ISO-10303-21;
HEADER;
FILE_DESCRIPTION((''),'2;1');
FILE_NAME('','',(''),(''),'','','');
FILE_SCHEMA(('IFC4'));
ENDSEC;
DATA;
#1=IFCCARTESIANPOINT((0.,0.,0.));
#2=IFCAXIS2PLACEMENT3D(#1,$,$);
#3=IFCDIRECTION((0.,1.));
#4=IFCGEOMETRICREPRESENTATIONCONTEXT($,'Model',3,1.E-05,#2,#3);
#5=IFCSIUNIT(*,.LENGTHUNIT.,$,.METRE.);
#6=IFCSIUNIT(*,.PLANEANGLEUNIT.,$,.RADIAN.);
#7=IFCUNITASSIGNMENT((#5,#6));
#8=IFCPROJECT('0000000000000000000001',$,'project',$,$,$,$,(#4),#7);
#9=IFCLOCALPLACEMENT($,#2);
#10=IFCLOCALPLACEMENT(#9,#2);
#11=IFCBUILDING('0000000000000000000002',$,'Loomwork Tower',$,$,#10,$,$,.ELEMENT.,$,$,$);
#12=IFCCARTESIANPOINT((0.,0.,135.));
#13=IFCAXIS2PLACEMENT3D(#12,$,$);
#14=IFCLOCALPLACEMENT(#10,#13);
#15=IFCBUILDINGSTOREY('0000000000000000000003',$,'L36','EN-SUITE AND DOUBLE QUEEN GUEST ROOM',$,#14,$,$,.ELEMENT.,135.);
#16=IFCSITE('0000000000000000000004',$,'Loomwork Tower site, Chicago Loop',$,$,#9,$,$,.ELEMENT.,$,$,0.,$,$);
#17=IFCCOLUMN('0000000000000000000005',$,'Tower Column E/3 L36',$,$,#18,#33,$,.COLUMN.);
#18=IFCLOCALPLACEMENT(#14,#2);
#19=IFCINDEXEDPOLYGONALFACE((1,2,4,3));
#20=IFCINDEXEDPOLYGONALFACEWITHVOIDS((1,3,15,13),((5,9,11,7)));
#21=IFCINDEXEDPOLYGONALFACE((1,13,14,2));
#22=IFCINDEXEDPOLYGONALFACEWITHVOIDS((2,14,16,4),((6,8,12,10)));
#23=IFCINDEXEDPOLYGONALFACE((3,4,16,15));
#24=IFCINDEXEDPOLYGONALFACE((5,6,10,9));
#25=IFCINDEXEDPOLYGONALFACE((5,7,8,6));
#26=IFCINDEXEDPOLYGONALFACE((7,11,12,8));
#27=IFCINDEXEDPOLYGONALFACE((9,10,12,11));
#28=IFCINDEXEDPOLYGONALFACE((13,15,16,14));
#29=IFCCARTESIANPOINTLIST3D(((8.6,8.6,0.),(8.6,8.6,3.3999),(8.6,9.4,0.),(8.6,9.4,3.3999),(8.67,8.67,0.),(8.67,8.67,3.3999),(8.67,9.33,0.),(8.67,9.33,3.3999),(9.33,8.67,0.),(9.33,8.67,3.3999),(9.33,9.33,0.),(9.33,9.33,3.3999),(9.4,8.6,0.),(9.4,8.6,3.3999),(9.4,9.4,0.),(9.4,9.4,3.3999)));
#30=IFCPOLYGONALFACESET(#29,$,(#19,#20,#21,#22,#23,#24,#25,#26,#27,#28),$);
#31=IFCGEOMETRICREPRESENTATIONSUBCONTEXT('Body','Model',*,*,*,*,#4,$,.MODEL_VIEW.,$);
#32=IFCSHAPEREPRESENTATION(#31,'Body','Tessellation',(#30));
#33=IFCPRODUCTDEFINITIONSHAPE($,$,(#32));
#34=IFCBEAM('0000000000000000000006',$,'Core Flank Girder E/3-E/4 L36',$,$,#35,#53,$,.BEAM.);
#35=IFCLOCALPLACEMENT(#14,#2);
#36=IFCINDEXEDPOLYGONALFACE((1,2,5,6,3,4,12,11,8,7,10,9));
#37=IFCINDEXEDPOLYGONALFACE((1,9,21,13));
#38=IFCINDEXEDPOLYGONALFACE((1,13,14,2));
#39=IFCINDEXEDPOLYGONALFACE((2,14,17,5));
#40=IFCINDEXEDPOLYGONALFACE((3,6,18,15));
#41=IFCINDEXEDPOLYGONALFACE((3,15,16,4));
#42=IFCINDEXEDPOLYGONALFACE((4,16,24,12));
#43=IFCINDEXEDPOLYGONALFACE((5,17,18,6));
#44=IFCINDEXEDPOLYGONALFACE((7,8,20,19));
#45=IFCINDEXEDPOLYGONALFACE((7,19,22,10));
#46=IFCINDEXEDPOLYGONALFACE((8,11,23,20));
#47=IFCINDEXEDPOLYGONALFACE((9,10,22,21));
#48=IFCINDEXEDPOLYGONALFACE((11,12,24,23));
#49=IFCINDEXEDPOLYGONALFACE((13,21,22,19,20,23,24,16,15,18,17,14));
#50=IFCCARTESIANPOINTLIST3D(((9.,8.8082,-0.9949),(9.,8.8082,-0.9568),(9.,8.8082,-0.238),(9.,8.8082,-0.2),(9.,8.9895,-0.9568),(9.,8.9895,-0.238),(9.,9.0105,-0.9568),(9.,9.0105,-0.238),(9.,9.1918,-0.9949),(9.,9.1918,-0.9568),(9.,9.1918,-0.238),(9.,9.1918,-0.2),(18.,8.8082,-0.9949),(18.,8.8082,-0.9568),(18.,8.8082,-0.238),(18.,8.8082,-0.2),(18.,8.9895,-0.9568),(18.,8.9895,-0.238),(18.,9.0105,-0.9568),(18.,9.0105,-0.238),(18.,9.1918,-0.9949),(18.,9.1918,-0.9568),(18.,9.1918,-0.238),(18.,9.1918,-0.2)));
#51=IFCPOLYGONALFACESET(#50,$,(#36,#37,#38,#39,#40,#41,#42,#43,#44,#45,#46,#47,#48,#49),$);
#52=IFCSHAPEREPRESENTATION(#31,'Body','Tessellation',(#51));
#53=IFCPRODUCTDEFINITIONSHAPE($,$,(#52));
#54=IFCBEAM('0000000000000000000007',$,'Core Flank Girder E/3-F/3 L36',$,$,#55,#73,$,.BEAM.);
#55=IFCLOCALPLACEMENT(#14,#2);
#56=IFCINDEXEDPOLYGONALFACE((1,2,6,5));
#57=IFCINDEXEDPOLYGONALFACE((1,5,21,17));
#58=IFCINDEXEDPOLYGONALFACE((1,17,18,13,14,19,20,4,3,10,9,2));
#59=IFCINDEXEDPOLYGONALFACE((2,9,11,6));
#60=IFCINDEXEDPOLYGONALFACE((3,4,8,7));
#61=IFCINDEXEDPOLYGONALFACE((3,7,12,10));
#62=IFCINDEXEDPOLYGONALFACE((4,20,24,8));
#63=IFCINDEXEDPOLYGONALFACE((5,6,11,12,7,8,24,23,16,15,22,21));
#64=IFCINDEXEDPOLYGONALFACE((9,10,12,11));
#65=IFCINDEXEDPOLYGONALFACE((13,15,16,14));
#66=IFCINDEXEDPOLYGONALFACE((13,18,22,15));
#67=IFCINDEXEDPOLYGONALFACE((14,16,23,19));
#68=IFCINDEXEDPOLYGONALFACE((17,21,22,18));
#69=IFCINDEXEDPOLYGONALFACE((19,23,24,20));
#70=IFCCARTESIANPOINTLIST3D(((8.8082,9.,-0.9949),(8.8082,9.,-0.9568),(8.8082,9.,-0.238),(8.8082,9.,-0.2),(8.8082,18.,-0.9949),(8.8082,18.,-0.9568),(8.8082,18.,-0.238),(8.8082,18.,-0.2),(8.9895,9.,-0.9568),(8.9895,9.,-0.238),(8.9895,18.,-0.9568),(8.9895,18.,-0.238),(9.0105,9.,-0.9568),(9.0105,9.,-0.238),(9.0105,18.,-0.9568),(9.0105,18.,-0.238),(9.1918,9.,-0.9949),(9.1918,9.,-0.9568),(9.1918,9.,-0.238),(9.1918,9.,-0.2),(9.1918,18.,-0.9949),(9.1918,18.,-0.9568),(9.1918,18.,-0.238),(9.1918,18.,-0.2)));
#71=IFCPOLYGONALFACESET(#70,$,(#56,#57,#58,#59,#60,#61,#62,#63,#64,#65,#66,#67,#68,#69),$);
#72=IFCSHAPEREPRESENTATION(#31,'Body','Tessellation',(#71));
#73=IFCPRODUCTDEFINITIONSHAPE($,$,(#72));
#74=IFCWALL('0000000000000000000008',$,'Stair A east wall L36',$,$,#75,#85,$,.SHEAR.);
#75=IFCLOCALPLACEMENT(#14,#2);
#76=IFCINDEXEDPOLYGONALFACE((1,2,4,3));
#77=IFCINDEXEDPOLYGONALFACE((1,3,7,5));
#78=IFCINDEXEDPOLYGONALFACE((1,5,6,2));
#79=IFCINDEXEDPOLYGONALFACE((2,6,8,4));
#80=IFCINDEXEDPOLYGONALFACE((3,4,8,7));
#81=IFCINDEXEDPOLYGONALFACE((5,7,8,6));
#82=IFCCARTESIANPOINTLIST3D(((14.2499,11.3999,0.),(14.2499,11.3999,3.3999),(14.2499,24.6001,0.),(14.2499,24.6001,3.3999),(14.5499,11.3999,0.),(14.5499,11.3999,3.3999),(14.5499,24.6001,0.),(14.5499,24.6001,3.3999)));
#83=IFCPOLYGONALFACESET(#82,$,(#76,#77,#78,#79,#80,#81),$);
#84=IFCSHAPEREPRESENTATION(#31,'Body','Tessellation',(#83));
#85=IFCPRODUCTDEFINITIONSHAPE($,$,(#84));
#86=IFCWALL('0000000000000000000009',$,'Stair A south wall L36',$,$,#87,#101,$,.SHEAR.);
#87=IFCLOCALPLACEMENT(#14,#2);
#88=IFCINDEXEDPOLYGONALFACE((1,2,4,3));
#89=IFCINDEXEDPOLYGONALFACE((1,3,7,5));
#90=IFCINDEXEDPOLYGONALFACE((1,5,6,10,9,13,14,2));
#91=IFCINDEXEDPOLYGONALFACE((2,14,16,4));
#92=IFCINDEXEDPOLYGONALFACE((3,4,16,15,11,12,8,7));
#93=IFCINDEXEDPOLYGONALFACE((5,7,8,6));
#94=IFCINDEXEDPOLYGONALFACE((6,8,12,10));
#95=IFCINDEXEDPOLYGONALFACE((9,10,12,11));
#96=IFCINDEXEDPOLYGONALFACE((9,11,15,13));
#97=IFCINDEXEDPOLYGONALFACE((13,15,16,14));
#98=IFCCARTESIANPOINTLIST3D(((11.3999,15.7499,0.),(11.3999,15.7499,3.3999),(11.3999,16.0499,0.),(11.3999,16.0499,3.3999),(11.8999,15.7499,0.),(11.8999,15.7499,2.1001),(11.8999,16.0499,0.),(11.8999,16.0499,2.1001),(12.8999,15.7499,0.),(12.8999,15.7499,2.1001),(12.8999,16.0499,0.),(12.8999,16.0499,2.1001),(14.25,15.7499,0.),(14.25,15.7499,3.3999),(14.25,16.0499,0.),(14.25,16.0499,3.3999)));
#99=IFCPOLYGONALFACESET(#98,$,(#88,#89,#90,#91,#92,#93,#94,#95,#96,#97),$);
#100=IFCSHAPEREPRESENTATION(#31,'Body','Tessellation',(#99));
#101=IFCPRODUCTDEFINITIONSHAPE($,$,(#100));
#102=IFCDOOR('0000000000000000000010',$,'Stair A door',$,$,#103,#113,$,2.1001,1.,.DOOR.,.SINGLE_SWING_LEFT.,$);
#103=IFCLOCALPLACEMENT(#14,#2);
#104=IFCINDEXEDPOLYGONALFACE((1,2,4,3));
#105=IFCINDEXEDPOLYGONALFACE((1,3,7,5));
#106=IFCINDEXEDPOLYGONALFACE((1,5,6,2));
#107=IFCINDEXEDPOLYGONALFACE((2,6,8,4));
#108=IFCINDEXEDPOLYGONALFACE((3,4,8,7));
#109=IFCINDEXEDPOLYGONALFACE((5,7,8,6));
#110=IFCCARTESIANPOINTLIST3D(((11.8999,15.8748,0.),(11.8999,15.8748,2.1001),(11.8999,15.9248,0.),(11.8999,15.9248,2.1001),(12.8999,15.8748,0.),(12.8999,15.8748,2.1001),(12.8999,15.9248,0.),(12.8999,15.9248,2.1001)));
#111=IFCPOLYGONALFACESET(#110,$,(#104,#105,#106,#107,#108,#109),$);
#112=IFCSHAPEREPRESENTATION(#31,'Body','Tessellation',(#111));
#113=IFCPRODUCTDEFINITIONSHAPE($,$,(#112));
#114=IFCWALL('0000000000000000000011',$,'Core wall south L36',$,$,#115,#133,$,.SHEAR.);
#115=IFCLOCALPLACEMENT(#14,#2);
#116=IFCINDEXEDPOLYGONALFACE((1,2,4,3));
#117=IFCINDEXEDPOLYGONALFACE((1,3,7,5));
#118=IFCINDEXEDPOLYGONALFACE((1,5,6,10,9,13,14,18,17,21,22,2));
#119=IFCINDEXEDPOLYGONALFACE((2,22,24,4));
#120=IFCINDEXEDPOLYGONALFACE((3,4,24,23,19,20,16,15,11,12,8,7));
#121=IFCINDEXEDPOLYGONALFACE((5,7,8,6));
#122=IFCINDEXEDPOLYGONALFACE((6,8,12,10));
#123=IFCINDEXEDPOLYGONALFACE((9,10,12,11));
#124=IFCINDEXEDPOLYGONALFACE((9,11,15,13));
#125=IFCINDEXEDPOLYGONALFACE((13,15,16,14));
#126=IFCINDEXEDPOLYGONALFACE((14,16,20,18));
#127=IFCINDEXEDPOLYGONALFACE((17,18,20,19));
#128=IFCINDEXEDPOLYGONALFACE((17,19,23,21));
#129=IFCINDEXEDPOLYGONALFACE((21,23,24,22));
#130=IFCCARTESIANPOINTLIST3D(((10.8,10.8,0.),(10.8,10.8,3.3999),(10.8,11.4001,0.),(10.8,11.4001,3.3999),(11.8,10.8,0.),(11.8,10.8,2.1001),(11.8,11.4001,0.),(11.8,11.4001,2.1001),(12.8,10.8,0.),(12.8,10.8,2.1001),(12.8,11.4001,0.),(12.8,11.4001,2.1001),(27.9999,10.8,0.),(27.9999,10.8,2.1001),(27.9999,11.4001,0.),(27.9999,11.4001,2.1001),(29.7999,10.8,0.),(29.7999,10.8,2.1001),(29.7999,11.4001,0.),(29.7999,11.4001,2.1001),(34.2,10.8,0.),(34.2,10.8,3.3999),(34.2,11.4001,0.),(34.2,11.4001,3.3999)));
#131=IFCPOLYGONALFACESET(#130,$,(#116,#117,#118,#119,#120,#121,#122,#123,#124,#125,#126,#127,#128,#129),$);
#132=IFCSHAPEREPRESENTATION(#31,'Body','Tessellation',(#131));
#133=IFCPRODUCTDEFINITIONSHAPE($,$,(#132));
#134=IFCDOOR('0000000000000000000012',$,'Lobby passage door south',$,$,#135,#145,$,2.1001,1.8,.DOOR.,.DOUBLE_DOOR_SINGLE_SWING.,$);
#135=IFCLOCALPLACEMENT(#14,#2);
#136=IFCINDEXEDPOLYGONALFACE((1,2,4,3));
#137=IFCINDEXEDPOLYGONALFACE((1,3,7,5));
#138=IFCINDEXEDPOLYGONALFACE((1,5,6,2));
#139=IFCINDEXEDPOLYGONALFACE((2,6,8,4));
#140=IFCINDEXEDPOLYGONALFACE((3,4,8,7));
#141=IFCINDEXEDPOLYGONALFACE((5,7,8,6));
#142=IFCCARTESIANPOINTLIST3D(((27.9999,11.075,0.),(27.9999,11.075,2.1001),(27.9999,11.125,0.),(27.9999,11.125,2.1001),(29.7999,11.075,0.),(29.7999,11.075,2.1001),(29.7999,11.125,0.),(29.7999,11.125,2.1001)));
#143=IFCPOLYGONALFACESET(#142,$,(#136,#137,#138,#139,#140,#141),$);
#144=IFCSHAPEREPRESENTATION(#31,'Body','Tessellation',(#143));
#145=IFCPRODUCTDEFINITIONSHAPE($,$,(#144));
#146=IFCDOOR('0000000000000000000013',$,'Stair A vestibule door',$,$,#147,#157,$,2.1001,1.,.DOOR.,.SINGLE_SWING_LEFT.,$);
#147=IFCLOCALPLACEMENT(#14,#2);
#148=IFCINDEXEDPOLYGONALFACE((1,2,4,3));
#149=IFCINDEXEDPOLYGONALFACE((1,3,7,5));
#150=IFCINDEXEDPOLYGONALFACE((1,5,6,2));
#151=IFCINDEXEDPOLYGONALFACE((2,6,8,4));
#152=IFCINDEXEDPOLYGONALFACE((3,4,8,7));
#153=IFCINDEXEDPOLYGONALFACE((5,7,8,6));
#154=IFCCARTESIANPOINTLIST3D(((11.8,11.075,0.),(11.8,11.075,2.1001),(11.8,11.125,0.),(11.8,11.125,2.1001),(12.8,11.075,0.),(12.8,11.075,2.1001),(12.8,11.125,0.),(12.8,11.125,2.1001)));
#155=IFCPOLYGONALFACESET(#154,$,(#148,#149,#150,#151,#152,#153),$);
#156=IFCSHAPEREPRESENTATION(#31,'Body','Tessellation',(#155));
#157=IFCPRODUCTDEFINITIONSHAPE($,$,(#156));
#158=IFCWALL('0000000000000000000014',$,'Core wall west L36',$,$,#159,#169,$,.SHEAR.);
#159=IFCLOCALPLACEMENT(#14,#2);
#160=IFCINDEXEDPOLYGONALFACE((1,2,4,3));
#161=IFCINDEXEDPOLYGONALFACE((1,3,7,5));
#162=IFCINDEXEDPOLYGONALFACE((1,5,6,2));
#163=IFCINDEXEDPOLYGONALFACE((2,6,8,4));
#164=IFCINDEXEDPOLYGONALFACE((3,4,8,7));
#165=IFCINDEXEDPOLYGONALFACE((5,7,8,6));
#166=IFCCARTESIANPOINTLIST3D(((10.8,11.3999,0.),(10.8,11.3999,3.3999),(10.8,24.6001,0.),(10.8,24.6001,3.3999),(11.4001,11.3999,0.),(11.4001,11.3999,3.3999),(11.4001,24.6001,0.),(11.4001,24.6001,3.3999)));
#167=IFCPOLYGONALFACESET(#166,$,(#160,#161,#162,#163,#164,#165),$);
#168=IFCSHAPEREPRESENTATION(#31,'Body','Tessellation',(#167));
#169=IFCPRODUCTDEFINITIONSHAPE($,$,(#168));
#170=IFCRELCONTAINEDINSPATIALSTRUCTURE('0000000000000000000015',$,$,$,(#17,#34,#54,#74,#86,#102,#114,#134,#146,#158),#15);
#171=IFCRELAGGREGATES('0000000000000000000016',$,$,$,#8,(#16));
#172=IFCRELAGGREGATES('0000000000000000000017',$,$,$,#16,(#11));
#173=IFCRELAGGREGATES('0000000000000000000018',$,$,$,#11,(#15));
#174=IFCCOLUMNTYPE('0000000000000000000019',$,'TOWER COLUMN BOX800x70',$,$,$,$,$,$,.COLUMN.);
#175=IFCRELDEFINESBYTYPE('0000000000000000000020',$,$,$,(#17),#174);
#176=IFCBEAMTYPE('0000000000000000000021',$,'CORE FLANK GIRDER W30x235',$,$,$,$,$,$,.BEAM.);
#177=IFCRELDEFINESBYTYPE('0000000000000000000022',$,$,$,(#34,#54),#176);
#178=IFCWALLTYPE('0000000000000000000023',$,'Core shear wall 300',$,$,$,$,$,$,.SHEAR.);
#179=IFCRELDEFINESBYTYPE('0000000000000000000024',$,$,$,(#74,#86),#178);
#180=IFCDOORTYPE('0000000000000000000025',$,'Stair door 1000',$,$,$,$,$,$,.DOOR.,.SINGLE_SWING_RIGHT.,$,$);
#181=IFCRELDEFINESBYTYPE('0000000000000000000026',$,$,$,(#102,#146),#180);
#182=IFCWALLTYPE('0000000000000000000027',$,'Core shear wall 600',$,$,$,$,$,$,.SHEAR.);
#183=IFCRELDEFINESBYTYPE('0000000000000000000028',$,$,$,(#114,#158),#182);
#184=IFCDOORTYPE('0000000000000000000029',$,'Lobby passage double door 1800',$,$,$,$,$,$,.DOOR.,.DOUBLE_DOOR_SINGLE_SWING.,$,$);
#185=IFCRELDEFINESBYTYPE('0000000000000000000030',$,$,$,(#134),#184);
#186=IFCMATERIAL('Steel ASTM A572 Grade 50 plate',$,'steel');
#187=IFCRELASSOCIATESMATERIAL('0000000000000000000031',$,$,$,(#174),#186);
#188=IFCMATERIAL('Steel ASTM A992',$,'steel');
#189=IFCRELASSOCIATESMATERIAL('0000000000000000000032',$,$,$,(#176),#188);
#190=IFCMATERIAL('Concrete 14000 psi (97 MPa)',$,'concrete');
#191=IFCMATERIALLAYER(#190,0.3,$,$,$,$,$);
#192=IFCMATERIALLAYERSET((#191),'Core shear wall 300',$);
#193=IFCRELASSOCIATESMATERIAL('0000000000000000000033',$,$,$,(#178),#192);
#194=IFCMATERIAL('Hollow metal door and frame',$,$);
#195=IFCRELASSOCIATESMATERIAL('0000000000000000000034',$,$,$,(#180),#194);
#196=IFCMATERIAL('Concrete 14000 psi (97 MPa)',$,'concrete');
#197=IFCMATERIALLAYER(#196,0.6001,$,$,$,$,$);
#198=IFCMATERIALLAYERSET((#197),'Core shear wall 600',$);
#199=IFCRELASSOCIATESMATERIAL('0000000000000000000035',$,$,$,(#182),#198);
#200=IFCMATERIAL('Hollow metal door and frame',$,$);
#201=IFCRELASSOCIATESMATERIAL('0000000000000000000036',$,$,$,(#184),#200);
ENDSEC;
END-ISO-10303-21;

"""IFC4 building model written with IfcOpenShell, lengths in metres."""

from ifc_helpers import new_model, si_unit, direction, frame, frame_2d, origin, origin_2d, place, context, subcontext, project, spatial, rectangle, hollow_rectangle, i_section, extrude, material, layer, layer_set, material_profile, profile_set, type_object, element, fill, save


model = new_model("IFC4")

# Units and contexts
model_context = context("Model", 3, precision=1e-05, world=origin(), true_north=direction((0.0, 1.0)))
body_context = subcontext(model_context, "Body", "Model", "MODEL_VIEW")
ifc_project = project(units=[si_unit("LENGTHUNIT", "METRE"), si_unit("PLANEANGLEUNIT", "RADIAN")], contexts=[model_context])

# Site, building, storey
site_placement = place(None, origin())
site = spatial("IfcSite", under=ifc_project, at=site_placement, Name="Loomwork Tower site, Chicago Loop", CompositionType="ELEMENT", RefElevation=0.0)
building_placement = place(site_placement, origin())
building = spatial("IfcBuilding", under=site, at=building_placement, Name="Loomwork Tower", CompositionType="ELEMENT")
storey_placement = place(building_placement, frame((0.0, 0.0, 135.0)))
storey = spatial("IfcBuildingStorey", under=building, at=storey_placement, Name="L36", Description="EN-SUITE AND DOUBLE QUEEN GUEST ROOM", CompositionType="ELEMENT", Elevation=135.0)

# Column
ifc_material_1 = material(Name="Steel ASTM A572 Grade 50 plate", Category="steel")
ifc_material_profile_1 = material_profile(ifc_material_1, hollow_rectangle(XDim=0.8, YDim=0.8, WallThickness=0.0701, at=origin_2d()), Name="BOX800x70")
ifc_profile_set_1 = profile_set([ifc_material_profile_1], Name="Steel ASTM A572 Grade 50 plate")
column_type = type_object("IfcColumnType", Name="TOWER COLUMN BOX800x70", PredefinedType="COLUMN", material=ifc_profile_set_1)
column_placement = place(storey_placement, frame((9.0, 9.0, 0.0), z_axis=(0.0, 0.0, 1.0), x_axis=(1.0, 0.0, 0.0)))
element("IfcColumn", 1, at=column_placement, inside=storey, type_object=column_type, Name="Tower Column E/3 L36", PredefinedType="COLUMN", context=body_context, shape_type="SweptSolid", body=[
    extrude(hollow_rectangle(XDim=0.8, YDim=0.8, WallThickness=0.0701, at=origin_2d()), origin(), (0.0, 0.0, 1.0), 3.3999),
])

# Beams
ifc_material_2 = material(Name="Steel ASTM A992", Category="steel")
ifc_material_profile_2 = material_profile(ifc_material_2, i_section(OverallWidth=0.3835, OverallDepth=0.7949, WebThickness=0.021, FlangeThickness=0.0381, at=origin_2d()), Name="W30x235")
ifc_profile_set_2 = profile_set([ifc_material_profile_2], Name="Steel ASTM A992")
beam_type = type_object("IfcBeamType", Name="CORE FLANK GIRDER W30x235", PredefinedType="BEAM", material=ifc_profile_set_2)
for number, where, z_axis, x_axis, name in (
    (2, (9.0, 9.0, -0.5974), (1.0, 0.0, 0.0), (0.0, 1.0, 0.0), "Core Flank Girder E/3-E/4 L36"),
    (3, (9.0, 9.0, -0.5974), (0.0, 1.0, 0.0), (-1.0, 0.0, 0.0), "Core Flank Girder E/3-F/3 L36"),
):
    element("IfcBeam", number, at=place(storey_placement, frame(where, z_axis=z_axis, x_axis=x_axis)), inside=storey, type_object=beam_type, Name=name, PredefinedType="BEAM", context=body_context, shape_type="SweptSolid", body=[
        extrude(i_section(OverallWidth=0.3835, OverallDepth=0.7949, WebThickness=0.021, FlangeThickness=0.0381, at=origin_2d()), origin(), (0.0, 0.0, 1.0), 9.0),
    ])

# Wall
ifc_material_3 = material(Name="Concrete 14000 psi (97 MPa)", Category="concrete")
ifc_layer_1 = layer(ifc_material_3, 0.3)
ifc_layer_set_1 = layer_set([ifc_layer_1], Name="Core shear wall 300")
wall_type_1 = type_object("IfcWallType", Name="Core shear wall 300", PredefinedType="SHEAR", material=ifc_layer_set_1)
wall_1_placement = place(storey_placement, frame((14.3999, 11.3999, 0.0), z_axis=(0.0, 0.0, 1.0), x_axis=(0.0, 1.0, 0.0)))
element("IfcWall", 4, at=wall_1_placement, inside=storey, type_object=wall_type_1, Name="Stair A east wall L36", PredefinedType="SHEAR", context=body_context, shape_type="SweptSolid", body=[
    extrude(rectangle(XDim=13.2002, YDim=0.3, at=frame_2d((6.6001, 0.0))), origin(), (0.0, 0.0, 1.0), 3.3999),
])

# Wall, opening, door
wall_2_placement = place(storey_placement, frame((11.3999, 15.8999, 0.0), z_axis=(0.0, 0.0, 1.0), x_axis=(1.0, 0.0, 0.0)))
wall_2 = element("IfcWall", 5, at=wall_2_placement, inside=storey, type_object=wall_type_1, Name="Stair A south wall L36", PredefinedType="SHEAR", context=body_context, shape_type="SweptSolid", body=[
    extrude(rectangle(XDim=2.8501, YDim=0.3, at=frame_2d((1.425, 0.0))), origin(), (0.0, 0.0, 1.0), 3.3999),
])
opening_1_placement = place(wall_2_placement, frame((0.5, 0.0, 0.0)))
opening_1 = element("IfcOpeningElement", 6, at=opening_1_placement, cuts=wall_2, PredefinedType="OPENING", context=body_context, shape_type="SweptSolid", body=[
    extrude(rectangle(XDim=1.0, YDim=2.1001, at=frame_2d((0.5, 1.05))), frame((0.0, 0.1599, 0.0), z_axis=(0.0, -1.0, 0.0), x_axis=(1.0, 0.0, 0.0)), (0.0, 0.0, 1.0), 0.3201),
])
ifc_material_4 = material(Name="Hollow metal door and frame")
door_type_1 = type_object("IfcDoorType", Name="Stair door 1000", OperationType="SINGLE_SWING_RIGHT", PredefinedType="DOOR", material=ifc_material_4)
door_1_placement = place(opening_1_placement, origin())
door_1 = element("IfcDoor", 7, at=door_1_placement, inside=storey, type_object=door_type_1, Name="Stair A door", OperationType="SINGLE_SWING_LEFT", OverallHeight=2.1001, OverallWidth=1.0, PredefinedType="DOOR", context=body_context, shape_type="SweptSolid", body=[
    extrude(rectangle(XDim=1.0, YDim=2.1001, at=frame_2d((0.5, 1.05))), frame((0.0, 0.0249, 0.0), z_axis=(0.0, -1.0, 0.0), x_axis=(1.0, 0.0, 0.0)), (0.0, 0.0, 1.0), 0.05),
])
fill(opening_1, door_1)

# Wall, openings, doors
ifc_material_5 = material(Name="Concrete 14000 psi (97 MPa)", Category="concrete")
ifc_layer_2 = layer(ifc_material_5, 0.6001)
ifc_layer_set_2 = layer_set([ifc_layer_2], Name="Core shear wall 600")
wall_type_2 = type_object("IfcWallType", Name="Core shear wall 600", PredefinedType="SHEAR", material=ifc_layer_set_2)
wall_3_placement = place(storey_placement, frame((10.8, 11.1001, 0.0), z_axis=(0.0, 0.0, 1.0), x_axis=(1.0, 0.0, 0.0)))
wall_3 = element("IfcWall", 8, at=wall_3_placement, inside=storey, type_object=wall_type_2, Name="Core wall south L36", PredefinedType="SHEAR", context=body_context, shape_type="SweptSolid", body=[
    extrude(rectangle(XDim=23.3999, YDim=0.6001, at=frame_2d((11.7, 0.0))), origin(), (0.0, 0.0, 1.0), 3.3999),
])
opening_2_placement = place(wall_3_placement, frame((1.0, 0.0, 0.0)))
opening_2 = element("IfcOpeningElement", 9, at=opening_2_placement, cuts=wall_3, PredefinedType="OPENING", context=body_context, shape_type="SweptSolid", body=[
    extrude(rectangle(XDim=1.0, YDim=2.1001, at=frame_2d((0.5, 1.05))), frame((0.0, 0.3101, 0.0), z_axis=(0.0, -1.0, 0.0), x_axis=(1.0, 0.0, 0.0)), (0.0, 0.0, 1.0), 0.6201),
])
opening_3_placement = place(wall_3_placement, frame((17.2, 0.0, 0.0)))
opening_3 = element("IfcOpeningElement", 10, at=opening_3_placement, cuts=wall_3, PredefinedType="OPENING", context=body_context, shape_type="SweptSolid", body=[
    extrude(rectangle(XDim=1.8, YDim=2.1001, at=frame_2d((0.8999, 1.05))), frame((0.0, 0.3101, 0.0), z_axis=(0.0, -1.0, 0.0), x_axis=(1.0, 0.0, 0.0)), (0.0, 0.0, 1.0), 0.6201),
])
ifc_material_6 = material(Name="Hollow metal door and frame")
door_type_2 = type_object("IfcDoorType", Name="Lobby passage double door 1800", OperationType="DOUBLE_DOOR_SINGLE_SWING", PredefinedType="DOOR", material=ifc_material_6)
door_2_placement = place(opening_3_placement, origin())
door_2 = element("IfcDoor", 11, at=door_2_placement, inside=storey, type_object=door_type_2, Name="Lobby passage door south", OperationType="DOUBLE_DOOR_SINGLE_SWING", OverallHeight=2.1001, OverallWidth=1.8, PredefinedType="DOOR", context=body_context, shape_type="SweptSolid", body=[
    extrude(rectangle(XDim=1.8, YDim=2.1001, at=frame_2d((0.8999, 1.05))), frame((0.0, 0.0249, 0.0), z_axis=(0.0, -1.0, 0.0), x_axis=(1.0, 0.0, 0.0)), (0.0, 0.0, 1.0), 0.05),
])
fill(opening_3, door_2)
door_3_placement = place(opening_2_placement, origin())
door_3 = element("IfcDoor", 12, at=door_3_placement, inside=storey, type_object=door_type_1, Name="Stair A vestibule door", OperationType="SINGLE_SWING_LEFT", OverallHeight=2.1001, OverallWidth=1.0, PredefinedType="DOOR", context=body_context, shape_type="SweptSolid", body=[
    extrude(rectangle(XDim=1.0, YDim=2.1001, at=frame_2d((0.5, 1.05))), frame((0.0, 0.0249, 0.0), z_axis=(0.0, -1.0, 0.0), x_axis=(1.0, 0.0, 0.0)), (0.0, 0.0, 1.0), 0.05),
])
fill(opening_2, door_3)

# Wall
wall_4_placement = place(storey_placement, frame((11.1001, 11.3999, 0.0), z_axis=(0.0, 0.0, 1.0), x_axis=(0.0, 1.0, 0.0)))
element("IfcWall", 13, at=wall_4_placement, inside=storey, type_object=wall_type_2, Name="Core wall west L36", PredefinedType="SHEAR", context=body_context, shape_type="SweptSolid", body=[
    extrude(rectangle(XDim=13.2002, YDim=0.6001, at=frame_2d((6.6001, 0.0))), origin(), (0.0, 0.0, 1.0), 3.3999),
])

save(model, "model.ifc")
